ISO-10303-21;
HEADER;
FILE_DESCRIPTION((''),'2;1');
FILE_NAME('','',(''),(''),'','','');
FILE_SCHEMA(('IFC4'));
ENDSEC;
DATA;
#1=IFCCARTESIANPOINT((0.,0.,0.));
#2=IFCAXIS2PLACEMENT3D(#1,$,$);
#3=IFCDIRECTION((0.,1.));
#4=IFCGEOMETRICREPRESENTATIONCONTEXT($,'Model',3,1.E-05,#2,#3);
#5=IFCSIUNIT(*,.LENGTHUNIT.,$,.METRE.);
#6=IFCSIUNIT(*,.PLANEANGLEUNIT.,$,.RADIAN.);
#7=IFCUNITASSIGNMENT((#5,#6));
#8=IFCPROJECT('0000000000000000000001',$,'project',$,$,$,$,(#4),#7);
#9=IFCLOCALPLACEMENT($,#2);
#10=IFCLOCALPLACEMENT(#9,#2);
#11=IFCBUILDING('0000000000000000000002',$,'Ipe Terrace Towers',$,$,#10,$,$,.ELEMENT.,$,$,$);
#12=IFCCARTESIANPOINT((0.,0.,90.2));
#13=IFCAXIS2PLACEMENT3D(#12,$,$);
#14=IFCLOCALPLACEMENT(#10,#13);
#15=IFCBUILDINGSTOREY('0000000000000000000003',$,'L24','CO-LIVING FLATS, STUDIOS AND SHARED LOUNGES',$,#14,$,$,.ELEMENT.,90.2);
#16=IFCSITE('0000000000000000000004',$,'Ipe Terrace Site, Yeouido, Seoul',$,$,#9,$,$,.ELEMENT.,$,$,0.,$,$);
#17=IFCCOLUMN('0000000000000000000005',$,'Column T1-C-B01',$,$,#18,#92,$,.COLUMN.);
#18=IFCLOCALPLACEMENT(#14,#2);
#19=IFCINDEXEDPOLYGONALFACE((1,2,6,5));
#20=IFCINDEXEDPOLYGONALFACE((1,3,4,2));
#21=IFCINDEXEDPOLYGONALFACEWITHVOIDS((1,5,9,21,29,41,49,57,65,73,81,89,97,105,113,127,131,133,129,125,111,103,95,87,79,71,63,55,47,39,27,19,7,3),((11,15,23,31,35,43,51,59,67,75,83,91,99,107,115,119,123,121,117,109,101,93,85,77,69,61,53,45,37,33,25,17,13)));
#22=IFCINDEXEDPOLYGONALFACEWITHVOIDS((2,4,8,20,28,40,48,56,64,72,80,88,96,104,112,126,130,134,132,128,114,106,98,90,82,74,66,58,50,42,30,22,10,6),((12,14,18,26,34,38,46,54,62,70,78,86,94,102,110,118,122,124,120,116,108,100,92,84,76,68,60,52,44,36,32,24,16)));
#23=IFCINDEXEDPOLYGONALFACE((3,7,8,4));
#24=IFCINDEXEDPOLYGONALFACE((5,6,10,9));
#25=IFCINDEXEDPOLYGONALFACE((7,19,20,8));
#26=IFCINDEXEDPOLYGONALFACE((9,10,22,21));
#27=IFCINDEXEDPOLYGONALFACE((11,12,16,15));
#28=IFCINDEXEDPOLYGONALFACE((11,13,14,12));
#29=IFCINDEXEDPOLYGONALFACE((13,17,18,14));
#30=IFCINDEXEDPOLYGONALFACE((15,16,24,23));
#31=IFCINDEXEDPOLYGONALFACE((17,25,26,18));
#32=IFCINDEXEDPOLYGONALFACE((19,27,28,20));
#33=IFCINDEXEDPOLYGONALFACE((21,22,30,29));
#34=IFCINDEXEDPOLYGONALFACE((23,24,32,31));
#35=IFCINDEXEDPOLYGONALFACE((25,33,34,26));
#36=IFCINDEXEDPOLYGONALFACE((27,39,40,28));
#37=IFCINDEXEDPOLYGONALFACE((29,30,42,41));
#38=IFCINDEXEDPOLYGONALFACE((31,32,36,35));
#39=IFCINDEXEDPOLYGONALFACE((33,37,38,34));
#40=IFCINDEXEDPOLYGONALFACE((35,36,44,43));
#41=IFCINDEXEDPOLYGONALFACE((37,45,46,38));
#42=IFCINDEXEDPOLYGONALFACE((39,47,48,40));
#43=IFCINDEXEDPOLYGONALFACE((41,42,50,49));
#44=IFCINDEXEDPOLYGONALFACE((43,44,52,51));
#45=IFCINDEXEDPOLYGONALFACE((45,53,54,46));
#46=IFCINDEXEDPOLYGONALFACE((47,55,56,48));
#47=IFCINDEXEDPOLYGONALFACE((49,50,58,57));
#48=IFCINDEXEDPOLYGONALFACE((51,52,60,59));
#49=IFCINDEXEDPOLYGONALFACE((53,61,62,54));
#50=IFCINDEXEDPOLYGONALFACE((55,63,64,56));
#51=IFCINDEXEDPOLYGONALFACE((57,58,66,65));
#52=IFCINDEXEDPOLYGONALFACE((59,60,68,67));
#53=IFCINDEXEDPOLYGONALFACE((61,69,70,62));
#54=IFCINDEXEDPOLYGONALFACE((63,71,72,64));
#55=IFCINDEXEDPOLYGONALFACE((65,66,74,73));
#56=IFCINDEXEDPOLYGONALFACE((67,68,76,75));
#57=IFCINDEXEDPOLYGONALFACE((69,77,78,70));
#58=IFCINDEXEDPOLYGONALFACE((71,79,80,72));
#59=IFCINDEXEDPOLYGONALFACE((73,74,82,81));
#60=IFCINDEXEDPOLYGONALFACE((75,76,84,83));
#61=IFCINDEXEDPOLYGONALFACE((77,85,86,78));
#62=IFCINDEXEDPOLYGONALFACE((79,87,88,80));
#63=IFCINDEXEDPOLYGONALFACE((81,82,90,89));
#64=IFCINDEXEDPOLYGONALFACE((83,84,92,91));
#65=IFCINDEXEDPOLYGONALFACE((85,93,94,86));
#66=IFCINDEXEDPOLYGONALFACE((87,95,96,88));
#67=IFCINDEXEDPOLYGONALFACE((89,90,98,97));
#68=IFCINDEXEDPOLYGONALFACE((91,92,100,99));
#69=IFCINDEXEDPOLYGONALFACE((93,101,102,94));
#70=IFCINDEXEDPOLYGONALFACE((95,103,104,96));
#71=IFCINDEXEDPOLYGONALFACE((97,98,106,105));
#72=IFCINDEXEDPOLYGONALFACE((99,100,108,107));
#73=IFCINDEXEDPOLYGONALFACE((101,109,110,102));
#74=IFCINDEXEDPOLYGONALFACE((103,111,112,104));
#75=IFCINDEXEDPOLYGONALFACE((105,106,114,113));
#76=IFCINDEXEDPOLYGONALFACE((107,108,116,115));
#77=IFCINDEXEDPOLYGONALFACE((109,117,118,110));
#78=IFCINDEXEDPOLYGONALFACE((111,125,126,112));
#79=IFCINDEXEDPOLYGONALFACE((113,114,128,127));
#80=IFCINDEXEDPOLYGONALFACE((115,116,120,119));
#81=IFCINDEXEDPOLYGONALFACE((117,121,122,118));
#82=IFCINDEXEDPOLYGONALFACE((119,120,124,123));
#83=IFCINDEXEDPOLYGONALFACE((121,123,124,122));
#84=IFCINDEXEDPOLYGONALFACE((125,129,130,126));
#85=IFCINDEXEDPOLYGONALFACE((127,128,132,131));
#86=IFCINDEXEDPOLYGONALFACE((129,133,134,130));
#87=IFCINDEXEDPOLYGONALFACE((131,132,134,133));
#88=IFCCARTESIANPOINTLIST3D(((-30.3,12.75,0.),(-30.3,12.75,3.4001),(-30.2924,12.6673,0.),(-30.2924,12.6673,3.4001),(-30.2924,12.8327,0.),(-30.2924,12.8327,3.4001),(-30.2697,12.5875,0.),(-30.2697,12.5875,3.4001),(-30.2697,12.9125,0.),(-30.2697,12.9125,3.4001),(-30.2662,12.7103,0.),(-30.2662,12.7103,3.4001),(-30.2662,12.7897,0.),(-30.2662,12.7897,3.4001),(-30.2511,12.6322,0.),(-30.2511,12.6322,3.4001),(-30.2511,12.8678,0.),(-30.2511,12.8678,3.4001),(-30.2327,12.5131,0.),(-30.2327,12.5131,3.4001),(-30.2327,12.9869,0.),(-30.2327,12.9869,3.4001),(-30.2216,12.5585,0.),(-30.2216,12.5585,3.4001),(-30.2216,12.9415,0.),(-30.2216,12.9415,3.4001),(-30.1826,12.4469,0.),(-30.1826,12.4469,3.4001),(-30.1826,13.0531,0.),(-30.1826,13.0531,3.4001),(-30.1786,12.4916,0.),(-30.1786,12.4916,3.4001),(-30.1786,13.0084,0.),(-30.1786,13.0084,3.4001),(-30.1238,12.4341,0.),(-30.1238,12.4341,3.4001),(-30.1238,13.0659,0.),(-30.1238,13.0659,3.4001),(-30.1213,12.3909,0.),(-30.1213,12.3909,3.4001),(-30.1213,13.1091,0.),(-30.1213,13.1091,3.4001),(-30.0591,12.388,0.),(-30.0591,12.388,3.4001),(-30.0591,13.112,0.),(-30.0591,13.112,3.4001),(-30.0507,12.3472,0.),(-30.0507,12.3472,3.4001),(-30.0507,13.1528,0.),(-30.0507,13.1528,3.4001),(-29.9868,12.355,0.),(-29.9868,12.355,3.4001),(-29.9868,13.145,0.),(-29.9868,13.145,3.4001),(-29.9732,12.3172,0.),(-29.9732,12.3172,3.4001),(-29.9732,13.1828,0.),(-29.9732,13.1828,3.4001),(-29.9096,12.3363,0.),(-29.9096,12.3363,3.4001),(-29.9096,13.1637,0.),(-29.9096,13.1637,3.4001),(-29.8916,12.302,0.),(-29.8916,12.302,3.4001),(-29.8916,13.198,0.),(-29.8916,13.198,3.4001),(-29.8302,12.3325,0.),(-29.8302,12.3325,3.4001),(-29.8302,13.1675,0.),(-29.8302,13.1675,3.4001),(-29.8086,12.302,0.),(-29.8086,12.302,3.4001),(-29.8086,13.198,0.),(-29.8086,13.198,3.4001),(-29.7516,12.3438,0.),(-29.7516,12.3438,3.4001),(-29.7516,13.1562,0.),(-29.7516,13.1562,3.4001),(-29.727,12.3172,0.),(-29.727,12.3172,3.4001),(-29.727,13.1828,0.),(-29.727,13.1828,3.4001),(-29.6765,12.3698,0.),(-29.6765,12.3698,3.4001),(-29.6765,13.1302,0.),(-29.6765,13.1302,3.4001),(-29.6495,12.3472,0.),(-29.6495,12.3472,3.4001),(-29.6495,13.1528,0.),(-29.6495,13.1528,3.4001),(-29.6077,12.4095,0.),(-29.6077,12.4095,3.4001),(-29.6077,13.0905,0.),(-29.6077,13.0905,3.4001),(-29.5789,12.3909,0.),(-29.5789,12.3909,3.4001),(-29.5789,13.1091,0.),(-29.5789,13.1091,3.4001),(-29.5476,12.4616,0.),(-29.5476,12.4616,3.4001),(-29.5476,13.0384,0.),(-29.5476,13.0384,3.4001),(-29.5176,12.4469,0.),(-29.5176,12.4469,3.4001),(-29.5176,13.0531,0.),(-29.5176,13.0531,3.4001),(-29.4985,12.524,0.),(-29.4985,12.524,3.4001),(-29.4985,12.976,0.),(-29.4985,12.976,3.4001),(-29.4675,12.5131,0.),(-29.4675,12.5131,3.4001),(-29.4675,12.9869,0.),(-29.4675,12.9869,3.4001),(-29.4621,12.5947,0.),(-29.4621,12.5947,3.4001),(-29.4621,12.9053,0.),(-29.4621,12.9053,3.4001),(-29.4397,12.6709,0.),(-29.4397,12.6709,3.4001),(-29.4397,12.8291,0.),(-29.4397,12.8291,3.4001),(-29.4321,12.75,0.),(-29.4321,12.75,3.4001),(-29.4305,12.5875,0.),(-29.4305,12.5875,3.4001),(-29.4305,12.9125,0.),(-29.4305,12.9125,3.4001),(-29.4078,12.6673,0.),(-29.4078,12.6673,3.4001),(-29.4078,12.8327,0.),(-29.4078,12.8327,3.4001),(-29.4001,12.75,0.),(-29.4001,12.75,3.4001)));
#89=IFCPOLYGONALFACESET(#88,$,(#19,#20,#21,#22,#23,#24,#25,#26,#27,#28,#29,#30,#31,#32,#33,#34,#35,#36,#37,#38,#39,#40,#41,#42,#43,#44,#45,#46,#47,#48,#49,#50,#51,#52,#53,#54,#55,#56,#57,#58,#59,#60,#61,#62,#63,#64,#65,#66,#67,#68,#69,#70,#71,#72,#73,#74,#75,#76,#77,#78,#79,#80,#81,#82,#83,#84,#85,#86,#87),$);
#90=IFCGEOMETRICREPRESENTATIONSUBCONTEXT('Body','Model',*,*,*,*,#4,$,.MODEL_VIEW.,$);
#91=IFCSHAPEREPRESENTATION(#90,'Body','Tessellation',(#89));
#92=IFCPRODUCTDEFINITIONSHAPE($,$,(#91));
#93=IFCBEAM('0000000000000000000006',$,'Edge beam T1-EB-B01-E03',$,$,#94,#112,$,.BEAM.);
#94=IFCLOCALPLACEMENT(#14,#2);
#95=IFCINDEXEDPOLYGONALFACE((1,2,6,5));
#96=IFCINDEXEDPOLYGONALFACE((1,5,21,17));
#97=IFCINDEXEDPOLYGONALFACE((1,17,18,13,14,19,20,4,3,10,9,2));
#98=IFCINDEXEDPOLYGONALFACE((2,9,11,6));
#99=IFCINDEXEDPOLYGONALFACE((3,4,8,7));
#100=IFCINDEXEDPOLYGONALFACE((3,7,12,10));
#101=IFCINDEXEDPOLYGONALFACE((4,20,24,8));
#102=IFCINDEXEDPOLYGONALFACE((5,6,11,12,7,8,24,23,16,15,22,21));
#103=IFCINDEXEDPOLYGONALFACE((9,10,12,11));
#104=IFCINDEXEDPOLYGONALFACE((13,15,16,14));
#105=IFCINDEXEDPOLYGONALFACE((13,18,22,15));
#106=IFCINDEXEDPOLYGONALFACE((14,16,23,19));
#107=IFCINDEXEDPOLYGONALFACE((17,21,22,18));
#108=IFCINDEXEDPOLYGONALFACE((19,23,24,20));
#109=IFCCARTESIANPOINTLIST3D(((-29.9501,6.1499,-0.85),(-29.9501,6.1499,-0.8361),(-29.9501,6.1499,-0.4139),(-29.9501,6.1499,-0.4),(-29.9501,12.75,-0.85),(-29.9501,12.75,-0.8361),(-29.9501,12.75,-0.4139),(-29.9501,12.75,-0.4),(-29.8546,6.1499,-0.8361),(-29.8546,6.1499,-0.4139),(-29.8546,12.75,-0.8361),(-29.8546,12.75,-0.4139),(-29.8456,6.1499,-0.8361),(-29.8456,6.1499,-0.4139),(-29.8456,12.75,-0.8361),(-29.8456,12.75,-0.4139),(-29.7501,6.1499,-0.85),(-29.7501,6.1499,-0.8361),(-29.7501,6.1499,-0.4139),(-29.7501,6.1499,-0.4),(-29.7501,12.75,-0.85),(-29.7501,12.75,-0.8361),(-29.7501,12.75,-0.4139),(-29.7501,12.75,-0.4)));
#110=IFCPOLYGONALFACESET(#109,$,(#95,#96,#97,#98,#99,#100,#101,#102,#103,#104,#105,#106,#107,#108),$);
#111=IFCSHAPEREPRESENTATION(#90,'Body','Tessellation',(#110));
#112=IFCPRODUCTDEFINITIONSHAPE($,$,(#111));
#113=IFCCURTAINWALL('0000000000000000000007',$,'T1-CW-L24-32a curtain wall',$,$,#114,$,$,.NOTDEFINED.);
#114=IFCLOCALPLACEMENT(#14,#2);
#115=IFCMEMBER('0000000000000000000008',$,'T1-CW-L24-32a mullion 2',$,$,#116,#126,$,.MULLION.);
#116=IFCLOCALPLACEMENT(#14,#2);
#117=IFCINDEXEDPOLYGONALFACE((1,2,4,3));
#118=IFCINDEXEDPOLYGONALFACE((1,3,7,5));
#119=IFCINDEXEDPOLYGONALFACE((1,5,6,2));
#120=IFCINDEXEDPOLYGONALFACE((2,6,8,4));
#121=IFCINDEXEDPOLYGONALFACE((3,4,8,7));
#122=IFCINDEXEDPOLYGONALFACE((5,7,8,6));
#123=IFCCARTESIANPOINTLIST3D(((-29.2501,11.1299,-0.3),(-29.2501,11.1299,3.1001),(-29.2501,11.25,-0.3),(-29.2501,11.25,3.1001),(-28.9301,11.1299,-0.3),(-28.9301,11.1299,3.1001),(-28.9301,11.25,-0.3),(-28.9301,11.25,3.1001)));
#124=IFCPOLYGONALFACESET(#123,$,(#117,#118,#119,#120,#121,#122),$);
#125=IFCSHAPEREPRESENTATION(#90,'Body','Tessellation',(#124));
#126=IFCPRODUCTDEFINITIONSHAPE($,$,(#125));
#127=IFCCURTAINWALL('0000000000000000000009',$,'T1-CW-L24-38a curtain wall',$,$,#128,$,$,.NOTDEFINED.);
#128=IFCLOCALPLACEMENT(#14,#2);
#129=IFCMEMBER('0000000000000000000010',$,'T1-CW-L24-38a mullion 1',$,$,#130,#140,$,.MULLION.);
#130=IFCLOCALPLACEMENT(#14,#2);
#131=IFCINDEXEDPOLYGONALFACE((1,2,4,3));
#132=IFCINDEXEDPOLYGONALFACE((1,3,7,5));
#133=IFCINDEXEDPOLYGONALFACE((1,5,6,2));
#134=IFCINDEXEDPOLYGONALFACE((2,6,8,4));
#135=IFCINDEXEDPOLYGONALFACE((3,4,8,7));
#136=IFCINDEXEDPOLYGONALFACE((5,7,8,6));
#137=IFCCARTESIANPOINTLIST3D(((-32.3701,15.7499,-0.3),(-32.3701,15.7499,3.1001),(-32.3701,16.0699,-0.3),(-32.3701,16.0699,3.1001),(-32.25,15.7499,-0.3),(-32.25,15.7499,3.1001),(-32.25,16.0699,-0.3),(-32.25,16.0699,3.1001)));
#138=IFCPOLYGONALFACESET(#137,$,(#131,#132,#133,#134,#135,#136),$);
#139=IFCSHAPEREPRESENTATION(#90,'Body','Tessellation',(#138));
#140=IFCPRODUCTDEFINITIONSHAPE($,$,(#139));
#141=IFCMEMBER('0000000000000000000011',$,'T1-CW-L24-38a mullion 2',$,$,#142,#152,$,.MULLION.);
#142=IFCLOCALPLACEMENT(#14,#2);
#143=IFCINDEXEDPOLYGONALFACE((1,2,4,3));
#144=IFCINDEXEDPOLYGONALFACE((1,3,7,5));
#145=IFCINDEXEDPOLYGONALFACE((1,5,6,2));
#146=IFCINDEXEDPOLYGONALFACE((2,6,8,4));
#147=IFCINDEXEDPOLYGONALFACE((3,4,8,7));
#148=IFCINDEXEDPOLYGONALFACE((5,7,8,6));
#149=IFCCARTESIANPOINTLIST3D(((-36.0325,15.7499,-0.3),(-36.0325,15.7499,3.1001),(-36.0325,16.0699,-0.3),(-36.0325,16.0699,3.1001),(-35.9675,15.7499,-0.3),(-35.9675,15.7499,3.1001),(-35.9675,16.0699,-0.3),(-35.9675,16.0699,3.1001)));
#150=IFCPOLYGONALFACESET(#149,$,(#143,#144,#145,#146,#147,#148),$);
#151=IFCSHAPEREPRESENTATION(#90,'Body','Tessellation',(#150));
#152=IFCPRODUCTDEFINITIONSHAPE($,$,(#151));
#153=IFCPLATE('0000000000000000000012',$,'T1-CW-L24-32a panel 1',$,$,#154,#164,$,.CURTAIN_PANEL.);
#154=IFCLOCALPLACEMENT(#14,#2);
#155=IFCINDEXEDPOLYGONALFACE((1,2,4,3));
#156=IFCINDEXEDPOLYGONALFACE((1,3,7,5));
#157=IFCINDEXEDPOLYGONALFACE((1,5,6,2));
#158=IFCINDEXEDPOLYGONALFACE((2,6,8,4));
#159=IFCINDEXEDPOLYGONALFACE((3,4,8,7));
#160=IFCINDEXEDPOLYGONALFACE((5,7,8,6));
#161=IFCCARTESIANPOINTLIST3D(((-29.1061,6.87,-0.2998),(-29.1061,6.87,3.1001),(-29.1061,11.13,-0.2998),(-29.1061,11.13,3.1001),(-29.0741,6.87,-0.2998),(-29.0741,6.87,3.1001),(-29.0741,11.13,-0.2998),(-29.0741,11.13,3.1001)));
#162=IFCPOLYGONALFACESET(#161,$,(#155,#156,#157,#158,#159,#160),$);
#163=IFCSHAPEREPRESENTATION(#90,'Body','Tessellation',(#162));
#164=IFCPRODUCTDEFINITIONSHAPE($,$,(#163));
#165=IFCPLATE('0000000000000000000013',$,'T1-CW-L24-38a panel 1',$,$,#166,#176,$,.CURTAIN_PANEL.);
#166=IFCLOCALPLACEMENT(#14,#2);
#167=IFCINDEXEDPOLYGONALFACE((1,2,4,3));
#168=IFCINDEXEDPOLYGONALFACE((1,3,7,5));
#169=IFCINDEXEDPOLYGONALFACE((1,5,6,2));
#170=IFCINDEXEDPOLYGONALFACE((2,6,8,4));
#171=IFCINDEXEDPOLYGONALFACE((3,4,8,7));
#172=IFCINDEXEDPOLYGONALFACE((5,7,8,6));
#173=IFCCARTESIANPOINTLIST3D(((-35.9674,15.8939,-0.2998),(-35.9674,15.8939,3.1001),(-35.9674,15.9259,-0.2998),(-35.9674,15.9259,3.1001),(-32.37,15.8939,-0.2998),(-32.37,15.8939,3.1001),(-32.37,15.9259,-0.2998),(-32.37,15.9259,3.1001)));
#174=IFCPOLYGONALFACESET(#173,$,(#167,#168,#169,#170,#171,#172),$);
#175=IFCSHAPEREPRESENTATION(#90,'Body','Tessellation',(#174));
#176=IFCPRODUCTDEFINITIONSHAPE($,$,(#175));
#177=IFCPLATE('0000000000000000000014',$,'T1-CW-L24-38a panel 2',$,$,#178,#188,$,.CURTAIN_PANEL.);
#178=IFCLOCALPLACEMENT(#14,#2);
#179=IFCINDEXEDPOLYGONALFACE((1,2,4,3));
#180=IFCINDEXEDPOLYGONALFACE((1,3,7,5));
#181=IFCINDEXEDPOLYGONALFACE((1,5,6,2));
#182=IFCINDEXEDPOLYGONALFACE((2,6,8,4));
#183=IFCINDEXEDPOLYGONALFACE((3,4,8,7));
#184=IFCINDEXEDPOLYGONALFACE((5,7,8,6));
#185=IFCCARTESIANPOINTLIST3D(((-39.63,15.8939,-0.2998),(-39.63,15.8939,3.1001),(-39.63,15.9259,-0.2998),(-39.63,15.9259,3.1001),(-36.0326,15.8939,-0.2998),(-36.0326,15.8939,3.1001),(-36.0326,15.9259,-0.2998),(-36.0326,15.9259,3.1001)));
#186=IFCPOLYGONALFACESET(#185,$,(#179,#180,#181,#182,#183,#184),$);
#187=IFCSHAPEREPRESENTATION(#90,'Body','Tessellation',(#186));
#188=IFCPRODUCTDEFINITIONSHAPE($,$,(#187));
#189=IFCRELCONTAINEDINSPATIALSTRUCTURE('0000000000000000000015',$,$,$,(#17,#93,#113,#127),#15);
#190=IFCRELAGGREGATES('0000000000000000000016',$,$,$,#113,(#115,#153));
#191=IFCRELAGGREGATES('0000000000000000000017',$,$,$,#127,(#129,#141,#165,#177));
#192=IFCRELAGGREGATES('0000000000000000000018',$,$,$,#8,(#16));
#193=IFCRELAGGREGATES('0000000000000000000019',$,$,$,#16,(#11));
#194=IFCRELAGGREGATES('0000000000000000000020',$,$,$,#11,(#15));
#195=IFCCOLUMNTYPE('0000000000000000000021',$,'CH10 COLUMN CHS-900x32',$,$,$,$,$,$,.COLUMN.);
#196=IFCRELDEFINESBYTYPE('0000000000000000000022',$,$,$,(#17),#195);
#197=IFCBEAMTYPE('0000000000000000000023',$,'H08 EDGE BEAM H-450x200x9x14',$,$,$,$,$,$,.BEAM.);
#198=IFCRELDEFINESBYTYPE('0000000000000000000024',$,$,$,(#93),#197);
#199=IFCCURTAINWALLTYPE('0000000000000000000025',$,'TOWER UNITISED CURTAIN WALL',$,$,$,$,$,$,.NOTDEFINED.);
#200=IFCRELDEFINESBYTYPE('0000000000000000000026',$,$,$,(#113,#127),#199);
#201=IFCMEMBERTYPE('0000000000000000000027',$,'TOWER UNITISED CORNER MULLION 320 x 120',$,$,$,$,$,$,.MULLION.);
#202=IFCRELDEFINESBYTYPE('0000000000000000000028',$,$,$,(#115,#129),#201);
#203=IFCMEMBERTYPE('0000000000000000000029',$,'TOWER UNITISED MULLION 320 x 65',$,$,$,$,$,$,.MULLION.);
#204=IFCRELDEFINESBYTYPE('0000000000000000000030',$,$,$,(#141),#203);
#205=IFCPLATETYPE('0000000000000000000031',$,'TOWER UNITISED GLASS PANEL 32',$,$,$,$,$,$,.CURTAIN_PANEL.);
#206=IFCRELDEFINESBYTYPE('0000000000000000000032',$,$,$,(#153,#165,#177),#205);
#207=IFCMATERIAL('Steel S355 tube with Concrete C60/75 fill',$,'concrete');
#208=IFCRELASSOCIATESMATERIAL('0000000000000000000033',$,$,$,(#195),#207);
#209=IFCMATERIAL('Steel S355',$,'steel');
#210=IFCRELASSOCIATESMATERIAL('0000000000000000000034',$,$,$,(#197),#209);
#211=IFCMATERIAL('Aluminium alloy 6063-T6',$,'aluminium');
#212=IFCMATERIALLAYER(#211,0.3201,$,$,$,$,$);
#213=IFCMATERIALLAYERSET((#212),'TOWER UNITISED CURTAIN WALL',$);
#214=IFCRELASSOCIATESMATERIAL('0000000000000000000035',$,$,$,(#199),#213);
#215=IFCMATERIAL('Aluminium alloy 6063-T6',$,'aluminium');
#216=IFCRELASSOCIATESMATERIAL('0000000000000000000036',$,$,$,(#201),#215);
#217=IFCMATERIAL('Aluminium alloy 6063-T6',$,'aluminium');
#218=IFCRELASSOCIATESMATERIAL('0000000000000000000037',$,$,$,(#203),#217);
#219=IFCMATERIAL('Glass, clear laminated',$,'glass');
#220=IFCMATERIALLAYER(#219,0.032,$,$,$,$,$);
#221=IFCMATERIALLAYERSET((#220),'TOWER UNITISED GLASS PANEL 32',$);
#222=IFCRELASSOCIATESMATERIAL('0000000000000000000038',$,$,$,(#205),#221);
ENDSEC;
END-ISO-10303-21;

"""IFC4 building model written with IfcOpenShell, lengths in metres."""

from ifc_helpers import new_model, si_unit, direction, frame, origin, origin_2d, place, context, subcontext, project, spatial, rectangle, hollow_circle, i_section, extrude, material, layer, layer_set, material_profile, profile_set, type_object, element, aggregate, save


model = new_model("IFC4")

# Units and contexts
model_context = context("Model", 3, precision=1e-05, world=origin(), true_north=direction((0.0, 1.0)))
body_context = subcontext(model_context, "Body", "Model", "MODEL_VIEW")
ifc_project = project(units=[si_unit("LENGTHUNIT", "METRE"), si_unit("PLANEANGLEUNIT", "RADIAN")], contexts=[model_context])

# Site, building, storey
site_placement = place(None, origin())
site = spatial("IfcSite", under=ifc_project, at=site_placement, Name="Ipe Terrace Site, Yeouido, Seoul", CompositionType="ELEMENT", RefElevation=0.0)
building_placement = place(site_placement, origin())
building = spatial("IfcBuilding", under=site, at=building_placement, Name="Ipe Terrace Towers", CompositionType="ELEMENT")
storey_placement = place(building_placement, frame((0.0, 0.0, 90.2)))
storey = spatial("IfcBuildingStorey", under=building, at=storey_placement, Name="L24", Description="CO-LIVING FLATS, STUDIOS AND SHARED LOUNGES", CompositionType="ELEMENT", Elevation=90.2)

# Column
ifc_material_1 = material(Name="Steel S355 tube with Concrete C60/75 fill", Category="concrete")
ifc_material_profile_1 = material_profile(ifc_material_1, hollow_circle(Radius=0.45, WallThickness=0.032, at=origin_2d()), Name="CHS-900x32")
ifc_profile_set_1 = profile_set([ifc_material_profile_1], Name="Steel S355 tube with Concrete C60/75 fill")
column_type = type_object("IfcColumnType", Name="CH10 COLUMN CHS-900x32", PredefinedType="COLUMN", material=ifc_profile_set_1)
column_placement = place(storey_placement, frame((-29.8501, 12.75, 0.0), z_axis=(0.0, 0.0, 1.0), x_axis=(1.0, 0.0, 0.0)))
element("IfcColumn", 1, at=column_placement, inside=storey, type_object=column_type, Name="Column T1-C-B01", PredefinedType="COLUMN", context=body_context, shape_type="SweptSolid", body=[
    extrude(hollow_circle(Radius=0.45, WallThickness=0.032, at=origin_2d()), origin(), (0.0, 0.0, 1.0), 3.4001),
])

# Beam
ifc_material_2 = material(Name="Steel S355", Category="steel")
ifc_material_profile_2 = material_profile(ifc_material_2, i_section(OverallWidth=0.2, OverallDepth=0.45, WebThickness=0.009, FlangeThickness=0.0139, at=origin_2d()), Name="H-450x200x9x14")
ifc_profile_set_2 = profile_set([ifc_material_profile_2], Name="Steel S355")
beam_type = type_object("IfcBeamType", Name="H08 EDGE BEAM H-450x200x9x14", PredefinedType="BEAM", material=ifc_profile_set_2)
beam_placement = place(storey_placement, frame((-29.8501, 12.75, -0.625), z_axis=(0.0, -1.0, 0.0), x_axis=(1.0, 0.0, 0.0)))
element("IfcBeam", 2, at=beam_placement, inside=storey, type_object=beam_type, Name="Edge beam T1-EB-B01-E03", PredefinedType="BEAM", context=body_context, shape_type="SweptSolid", body=[
    extrude(i_section(OverallWidth=0.2, OverallDepth=0.45, WebThickness=0.009, FlangeThickness=0.0139, at=origin_2d()), origin(), (0.0, 0.0, 1.0), 6.6001),
])

# Curtain wall, member
ifc_material_3 = material(Name="Aluminium alloy 6063-T6", Category="aluminium")
ifc_layer_1 = layer(ifc_material_3, 0.3201)
ifc_layer_set_1 = layer_set([ifc_layer_1], Name="TOWER UNITISED CURTAIN WALL")
curtain_wall_type = type_object("IfcCurtainWallType", Name="TOWER UNITISED CURTAIN WALL", PredefinedType="NOTDEFINED", material=ifc_layer_set_1)
curtain_wall_1_placement = place(storey_placement, origin())
curtain_wall_1 = element("IfcCurtainWall", 3, at=curtain_wall_1_placement, inside=storey, type_object=curtain_wall_type, Name="T1-CW-L24-32a curtain wall", PredefinedType="NOTDEFINED")
ifc_material_4 = material(Name="Aluminium alloy 6063-T6", Category="aluminium")
ifc_material_profile_3 = material_profile(ifc_material_4, rectangle(XDim=0.3201, YDim=0.1201, at=origin_2d()), Name="TOWER UNITISED CORNER MULLION 320 x 120")
ifc_profile_set_3 = profile_set([ifc_material_profile_3], Name="Aluminium alloy 6063-T6")
member_type_1 = type_object("IfcMemberType", Name="TOWER UNITISED CORNER MULLION 320 x 120", PredefinedType="MULLION", material=ifc_profile_set_3)
member_1_placement = place(storey_placement, frame((-29.0901, 11.1899, -0.3), z_axis=(0.0, 0.0, 1.0), x_axis=(1.0, 0.0, 0.0)))
member_1 = element("IfcMember", 4, at=member_1_placement, type_object=member_type_1, Name="T1-CW-L24-32a mullion 2", PredefinedType="MULLION", context=body_context, shape_type="SweptSolid", body=[
    extrude(rectangle(XDim=0.3201, YDim=0.1201, at=origin_2d()), origin(), (0.0, 0.0, 1.0), 3.4001),
])

# Curtain wall, members
curtain_wall_2_placement = place(storey_placement, origin())
curtain_wall_2 = element("IfcCurtainWall", 5, at=curtain_wall_2_placement, inside=storey, type_object=curtain_wall_type, Name="T1-CW-L24-38a curtain wall", PredefinedType="NOTDEFINED")
member_2_placement = place(storey_placement, frame((-32.3101, 15.9099, -0.3), z_axis=(0.0, 0.0, 1.0), x_axis=(0.0, 1.0, 0.0)))
member_2 = element("IfcMember", 6, at=member_2_placement, type_object=member_type_1, Name="T1-CW-L24-38a mullion 1", PredefinedType="MULLION", context=body_context, shape_type="SweptSolid", body=[
    extrude(rectangle(XDim=0.3201, YDim=0.1201, at=origin_2d()), origin(), (0.0, 0.0, 1.0), 3.4001),
])
ifc_material_5 = material(Name="Aluminium alloy 6063-T6", Category="aluminium")
ifc_material_profile_4 = material_profile(ifc_material_5, rectangle(XDim=0.3201, YDim=0.0649, at=origin_2d()), Name="TOWER UNITISED MULLION 320 x 65")
ifc_profile_set_4 = profile_set([ifc_material_profile_4], Name="Aluminium alloy 6063-T6")
member_type_2 = type_object("IfcMemberType", Name="TOWER UNITISED MULLION 320 x 65", PredefinedType="MULLION", material=ifc_profile_set_4)
member_3_placement = place(storey_placement, frame((-36.0, 15.9099, -0.3), z_axis=(0.0, 0.0, 1.0), x_axis=(0.0, 1.0, 0.0)))
member_3 = element("IfcMember", 7, at=member_3_placement, type_object=member_type_2, Name="T1-CW-L24-38a mullion 2", PredefinedType="MULLION", context=body_context, shape_type="SweptSolid", body=[
    extrude(rectangle(XDim=0.3201, YDim=0.0649, at=origin_2d()), origin(), (0.0, 0.0, 1.0), 3.4001),
])

# Plates
ifc_material_6 = material(Name="Glass, clear laminated", Category="glass")
ifc_layer_2 = layer(ifc_material_6, 0.032)
ifc_layer_set_2 = layer_set([ifc_layer_2], Name="TOWER UNITISED GLASS PANEL 32")
plate_type = type_object("IfcPlateType", Name="TOWER UNITISED GLASS PANEL 32", PredefinedType="CURTAIN_PANEL", material=ifc_layer_set_2)
plate_1_placement = place(storey_placement, frame((-29.0901, 9.0, -0.2998), z_axis=(0.0, 0.0, 1.0), x_axis=(0.0, 1.0, 0.0)))
plate_1 = element("IfcPlate", 8, at=plate_1_placement, type_object=plate_type, Name="T1-CW-L24-32a panel 1", PredefinedType="CURTAIN_PANEL", context=body_context, shape_type="SweptSolid", body=[
    extrude(rectangle(XDim=4.26, YDim=0.032, at=origin_2d()), origin(), (0.0, 0.0, 1.0), 3.3999),
])
aggregate(curtain_wall_1, [member_1, plate_1])
plate_2_placement = place(storey_placement, frame((-34.1687, 15.9099, -0.2998), z_axis=(0.0, 0.0, 1.0), x_axis=(-1.0, 0.0, 0.0)))
plate_2 = element("IfcPlate", 9, at=plate_2_placement, type_object=plate_type, Name="T1-CW-L24-38a panel 1", PredefinedType="CURTAIN_PANEL", context=body_context, shape_type="SweptSolid", body=[
    extrude(rectangle(XDim=3.5974, YDim=0.032, at=origin_2d()), origin(), (0.0, 0.0, 1.0), 3.3999),
])
plate_3_placement = place(storey_placement, frame((-37.8313, 15.9099, -0.2998), z_axis=(0.0, 0.0, 1.0), x_axis=(-1.0, 0.0, 0.0)))
plate_3 = element("IfcPlate", 10, at=plate_3_placement, type_object=plate_type, Name="T1-CW-L24-38a panel 2", PredefinedType="CURTAIN_PANEL", context=body_context, shape_type="SweptSolid", body=[
    extrude(rectangle(XDim=3.5974, YDim=0.032, at=origin_2d()), origin(), (0.0, 0.0, 1.0), 3.3999),
])
aggregate(curtain_wall_2, [member_2, member_3, plate_2, plate_3])

save(model, "model.ifc")
